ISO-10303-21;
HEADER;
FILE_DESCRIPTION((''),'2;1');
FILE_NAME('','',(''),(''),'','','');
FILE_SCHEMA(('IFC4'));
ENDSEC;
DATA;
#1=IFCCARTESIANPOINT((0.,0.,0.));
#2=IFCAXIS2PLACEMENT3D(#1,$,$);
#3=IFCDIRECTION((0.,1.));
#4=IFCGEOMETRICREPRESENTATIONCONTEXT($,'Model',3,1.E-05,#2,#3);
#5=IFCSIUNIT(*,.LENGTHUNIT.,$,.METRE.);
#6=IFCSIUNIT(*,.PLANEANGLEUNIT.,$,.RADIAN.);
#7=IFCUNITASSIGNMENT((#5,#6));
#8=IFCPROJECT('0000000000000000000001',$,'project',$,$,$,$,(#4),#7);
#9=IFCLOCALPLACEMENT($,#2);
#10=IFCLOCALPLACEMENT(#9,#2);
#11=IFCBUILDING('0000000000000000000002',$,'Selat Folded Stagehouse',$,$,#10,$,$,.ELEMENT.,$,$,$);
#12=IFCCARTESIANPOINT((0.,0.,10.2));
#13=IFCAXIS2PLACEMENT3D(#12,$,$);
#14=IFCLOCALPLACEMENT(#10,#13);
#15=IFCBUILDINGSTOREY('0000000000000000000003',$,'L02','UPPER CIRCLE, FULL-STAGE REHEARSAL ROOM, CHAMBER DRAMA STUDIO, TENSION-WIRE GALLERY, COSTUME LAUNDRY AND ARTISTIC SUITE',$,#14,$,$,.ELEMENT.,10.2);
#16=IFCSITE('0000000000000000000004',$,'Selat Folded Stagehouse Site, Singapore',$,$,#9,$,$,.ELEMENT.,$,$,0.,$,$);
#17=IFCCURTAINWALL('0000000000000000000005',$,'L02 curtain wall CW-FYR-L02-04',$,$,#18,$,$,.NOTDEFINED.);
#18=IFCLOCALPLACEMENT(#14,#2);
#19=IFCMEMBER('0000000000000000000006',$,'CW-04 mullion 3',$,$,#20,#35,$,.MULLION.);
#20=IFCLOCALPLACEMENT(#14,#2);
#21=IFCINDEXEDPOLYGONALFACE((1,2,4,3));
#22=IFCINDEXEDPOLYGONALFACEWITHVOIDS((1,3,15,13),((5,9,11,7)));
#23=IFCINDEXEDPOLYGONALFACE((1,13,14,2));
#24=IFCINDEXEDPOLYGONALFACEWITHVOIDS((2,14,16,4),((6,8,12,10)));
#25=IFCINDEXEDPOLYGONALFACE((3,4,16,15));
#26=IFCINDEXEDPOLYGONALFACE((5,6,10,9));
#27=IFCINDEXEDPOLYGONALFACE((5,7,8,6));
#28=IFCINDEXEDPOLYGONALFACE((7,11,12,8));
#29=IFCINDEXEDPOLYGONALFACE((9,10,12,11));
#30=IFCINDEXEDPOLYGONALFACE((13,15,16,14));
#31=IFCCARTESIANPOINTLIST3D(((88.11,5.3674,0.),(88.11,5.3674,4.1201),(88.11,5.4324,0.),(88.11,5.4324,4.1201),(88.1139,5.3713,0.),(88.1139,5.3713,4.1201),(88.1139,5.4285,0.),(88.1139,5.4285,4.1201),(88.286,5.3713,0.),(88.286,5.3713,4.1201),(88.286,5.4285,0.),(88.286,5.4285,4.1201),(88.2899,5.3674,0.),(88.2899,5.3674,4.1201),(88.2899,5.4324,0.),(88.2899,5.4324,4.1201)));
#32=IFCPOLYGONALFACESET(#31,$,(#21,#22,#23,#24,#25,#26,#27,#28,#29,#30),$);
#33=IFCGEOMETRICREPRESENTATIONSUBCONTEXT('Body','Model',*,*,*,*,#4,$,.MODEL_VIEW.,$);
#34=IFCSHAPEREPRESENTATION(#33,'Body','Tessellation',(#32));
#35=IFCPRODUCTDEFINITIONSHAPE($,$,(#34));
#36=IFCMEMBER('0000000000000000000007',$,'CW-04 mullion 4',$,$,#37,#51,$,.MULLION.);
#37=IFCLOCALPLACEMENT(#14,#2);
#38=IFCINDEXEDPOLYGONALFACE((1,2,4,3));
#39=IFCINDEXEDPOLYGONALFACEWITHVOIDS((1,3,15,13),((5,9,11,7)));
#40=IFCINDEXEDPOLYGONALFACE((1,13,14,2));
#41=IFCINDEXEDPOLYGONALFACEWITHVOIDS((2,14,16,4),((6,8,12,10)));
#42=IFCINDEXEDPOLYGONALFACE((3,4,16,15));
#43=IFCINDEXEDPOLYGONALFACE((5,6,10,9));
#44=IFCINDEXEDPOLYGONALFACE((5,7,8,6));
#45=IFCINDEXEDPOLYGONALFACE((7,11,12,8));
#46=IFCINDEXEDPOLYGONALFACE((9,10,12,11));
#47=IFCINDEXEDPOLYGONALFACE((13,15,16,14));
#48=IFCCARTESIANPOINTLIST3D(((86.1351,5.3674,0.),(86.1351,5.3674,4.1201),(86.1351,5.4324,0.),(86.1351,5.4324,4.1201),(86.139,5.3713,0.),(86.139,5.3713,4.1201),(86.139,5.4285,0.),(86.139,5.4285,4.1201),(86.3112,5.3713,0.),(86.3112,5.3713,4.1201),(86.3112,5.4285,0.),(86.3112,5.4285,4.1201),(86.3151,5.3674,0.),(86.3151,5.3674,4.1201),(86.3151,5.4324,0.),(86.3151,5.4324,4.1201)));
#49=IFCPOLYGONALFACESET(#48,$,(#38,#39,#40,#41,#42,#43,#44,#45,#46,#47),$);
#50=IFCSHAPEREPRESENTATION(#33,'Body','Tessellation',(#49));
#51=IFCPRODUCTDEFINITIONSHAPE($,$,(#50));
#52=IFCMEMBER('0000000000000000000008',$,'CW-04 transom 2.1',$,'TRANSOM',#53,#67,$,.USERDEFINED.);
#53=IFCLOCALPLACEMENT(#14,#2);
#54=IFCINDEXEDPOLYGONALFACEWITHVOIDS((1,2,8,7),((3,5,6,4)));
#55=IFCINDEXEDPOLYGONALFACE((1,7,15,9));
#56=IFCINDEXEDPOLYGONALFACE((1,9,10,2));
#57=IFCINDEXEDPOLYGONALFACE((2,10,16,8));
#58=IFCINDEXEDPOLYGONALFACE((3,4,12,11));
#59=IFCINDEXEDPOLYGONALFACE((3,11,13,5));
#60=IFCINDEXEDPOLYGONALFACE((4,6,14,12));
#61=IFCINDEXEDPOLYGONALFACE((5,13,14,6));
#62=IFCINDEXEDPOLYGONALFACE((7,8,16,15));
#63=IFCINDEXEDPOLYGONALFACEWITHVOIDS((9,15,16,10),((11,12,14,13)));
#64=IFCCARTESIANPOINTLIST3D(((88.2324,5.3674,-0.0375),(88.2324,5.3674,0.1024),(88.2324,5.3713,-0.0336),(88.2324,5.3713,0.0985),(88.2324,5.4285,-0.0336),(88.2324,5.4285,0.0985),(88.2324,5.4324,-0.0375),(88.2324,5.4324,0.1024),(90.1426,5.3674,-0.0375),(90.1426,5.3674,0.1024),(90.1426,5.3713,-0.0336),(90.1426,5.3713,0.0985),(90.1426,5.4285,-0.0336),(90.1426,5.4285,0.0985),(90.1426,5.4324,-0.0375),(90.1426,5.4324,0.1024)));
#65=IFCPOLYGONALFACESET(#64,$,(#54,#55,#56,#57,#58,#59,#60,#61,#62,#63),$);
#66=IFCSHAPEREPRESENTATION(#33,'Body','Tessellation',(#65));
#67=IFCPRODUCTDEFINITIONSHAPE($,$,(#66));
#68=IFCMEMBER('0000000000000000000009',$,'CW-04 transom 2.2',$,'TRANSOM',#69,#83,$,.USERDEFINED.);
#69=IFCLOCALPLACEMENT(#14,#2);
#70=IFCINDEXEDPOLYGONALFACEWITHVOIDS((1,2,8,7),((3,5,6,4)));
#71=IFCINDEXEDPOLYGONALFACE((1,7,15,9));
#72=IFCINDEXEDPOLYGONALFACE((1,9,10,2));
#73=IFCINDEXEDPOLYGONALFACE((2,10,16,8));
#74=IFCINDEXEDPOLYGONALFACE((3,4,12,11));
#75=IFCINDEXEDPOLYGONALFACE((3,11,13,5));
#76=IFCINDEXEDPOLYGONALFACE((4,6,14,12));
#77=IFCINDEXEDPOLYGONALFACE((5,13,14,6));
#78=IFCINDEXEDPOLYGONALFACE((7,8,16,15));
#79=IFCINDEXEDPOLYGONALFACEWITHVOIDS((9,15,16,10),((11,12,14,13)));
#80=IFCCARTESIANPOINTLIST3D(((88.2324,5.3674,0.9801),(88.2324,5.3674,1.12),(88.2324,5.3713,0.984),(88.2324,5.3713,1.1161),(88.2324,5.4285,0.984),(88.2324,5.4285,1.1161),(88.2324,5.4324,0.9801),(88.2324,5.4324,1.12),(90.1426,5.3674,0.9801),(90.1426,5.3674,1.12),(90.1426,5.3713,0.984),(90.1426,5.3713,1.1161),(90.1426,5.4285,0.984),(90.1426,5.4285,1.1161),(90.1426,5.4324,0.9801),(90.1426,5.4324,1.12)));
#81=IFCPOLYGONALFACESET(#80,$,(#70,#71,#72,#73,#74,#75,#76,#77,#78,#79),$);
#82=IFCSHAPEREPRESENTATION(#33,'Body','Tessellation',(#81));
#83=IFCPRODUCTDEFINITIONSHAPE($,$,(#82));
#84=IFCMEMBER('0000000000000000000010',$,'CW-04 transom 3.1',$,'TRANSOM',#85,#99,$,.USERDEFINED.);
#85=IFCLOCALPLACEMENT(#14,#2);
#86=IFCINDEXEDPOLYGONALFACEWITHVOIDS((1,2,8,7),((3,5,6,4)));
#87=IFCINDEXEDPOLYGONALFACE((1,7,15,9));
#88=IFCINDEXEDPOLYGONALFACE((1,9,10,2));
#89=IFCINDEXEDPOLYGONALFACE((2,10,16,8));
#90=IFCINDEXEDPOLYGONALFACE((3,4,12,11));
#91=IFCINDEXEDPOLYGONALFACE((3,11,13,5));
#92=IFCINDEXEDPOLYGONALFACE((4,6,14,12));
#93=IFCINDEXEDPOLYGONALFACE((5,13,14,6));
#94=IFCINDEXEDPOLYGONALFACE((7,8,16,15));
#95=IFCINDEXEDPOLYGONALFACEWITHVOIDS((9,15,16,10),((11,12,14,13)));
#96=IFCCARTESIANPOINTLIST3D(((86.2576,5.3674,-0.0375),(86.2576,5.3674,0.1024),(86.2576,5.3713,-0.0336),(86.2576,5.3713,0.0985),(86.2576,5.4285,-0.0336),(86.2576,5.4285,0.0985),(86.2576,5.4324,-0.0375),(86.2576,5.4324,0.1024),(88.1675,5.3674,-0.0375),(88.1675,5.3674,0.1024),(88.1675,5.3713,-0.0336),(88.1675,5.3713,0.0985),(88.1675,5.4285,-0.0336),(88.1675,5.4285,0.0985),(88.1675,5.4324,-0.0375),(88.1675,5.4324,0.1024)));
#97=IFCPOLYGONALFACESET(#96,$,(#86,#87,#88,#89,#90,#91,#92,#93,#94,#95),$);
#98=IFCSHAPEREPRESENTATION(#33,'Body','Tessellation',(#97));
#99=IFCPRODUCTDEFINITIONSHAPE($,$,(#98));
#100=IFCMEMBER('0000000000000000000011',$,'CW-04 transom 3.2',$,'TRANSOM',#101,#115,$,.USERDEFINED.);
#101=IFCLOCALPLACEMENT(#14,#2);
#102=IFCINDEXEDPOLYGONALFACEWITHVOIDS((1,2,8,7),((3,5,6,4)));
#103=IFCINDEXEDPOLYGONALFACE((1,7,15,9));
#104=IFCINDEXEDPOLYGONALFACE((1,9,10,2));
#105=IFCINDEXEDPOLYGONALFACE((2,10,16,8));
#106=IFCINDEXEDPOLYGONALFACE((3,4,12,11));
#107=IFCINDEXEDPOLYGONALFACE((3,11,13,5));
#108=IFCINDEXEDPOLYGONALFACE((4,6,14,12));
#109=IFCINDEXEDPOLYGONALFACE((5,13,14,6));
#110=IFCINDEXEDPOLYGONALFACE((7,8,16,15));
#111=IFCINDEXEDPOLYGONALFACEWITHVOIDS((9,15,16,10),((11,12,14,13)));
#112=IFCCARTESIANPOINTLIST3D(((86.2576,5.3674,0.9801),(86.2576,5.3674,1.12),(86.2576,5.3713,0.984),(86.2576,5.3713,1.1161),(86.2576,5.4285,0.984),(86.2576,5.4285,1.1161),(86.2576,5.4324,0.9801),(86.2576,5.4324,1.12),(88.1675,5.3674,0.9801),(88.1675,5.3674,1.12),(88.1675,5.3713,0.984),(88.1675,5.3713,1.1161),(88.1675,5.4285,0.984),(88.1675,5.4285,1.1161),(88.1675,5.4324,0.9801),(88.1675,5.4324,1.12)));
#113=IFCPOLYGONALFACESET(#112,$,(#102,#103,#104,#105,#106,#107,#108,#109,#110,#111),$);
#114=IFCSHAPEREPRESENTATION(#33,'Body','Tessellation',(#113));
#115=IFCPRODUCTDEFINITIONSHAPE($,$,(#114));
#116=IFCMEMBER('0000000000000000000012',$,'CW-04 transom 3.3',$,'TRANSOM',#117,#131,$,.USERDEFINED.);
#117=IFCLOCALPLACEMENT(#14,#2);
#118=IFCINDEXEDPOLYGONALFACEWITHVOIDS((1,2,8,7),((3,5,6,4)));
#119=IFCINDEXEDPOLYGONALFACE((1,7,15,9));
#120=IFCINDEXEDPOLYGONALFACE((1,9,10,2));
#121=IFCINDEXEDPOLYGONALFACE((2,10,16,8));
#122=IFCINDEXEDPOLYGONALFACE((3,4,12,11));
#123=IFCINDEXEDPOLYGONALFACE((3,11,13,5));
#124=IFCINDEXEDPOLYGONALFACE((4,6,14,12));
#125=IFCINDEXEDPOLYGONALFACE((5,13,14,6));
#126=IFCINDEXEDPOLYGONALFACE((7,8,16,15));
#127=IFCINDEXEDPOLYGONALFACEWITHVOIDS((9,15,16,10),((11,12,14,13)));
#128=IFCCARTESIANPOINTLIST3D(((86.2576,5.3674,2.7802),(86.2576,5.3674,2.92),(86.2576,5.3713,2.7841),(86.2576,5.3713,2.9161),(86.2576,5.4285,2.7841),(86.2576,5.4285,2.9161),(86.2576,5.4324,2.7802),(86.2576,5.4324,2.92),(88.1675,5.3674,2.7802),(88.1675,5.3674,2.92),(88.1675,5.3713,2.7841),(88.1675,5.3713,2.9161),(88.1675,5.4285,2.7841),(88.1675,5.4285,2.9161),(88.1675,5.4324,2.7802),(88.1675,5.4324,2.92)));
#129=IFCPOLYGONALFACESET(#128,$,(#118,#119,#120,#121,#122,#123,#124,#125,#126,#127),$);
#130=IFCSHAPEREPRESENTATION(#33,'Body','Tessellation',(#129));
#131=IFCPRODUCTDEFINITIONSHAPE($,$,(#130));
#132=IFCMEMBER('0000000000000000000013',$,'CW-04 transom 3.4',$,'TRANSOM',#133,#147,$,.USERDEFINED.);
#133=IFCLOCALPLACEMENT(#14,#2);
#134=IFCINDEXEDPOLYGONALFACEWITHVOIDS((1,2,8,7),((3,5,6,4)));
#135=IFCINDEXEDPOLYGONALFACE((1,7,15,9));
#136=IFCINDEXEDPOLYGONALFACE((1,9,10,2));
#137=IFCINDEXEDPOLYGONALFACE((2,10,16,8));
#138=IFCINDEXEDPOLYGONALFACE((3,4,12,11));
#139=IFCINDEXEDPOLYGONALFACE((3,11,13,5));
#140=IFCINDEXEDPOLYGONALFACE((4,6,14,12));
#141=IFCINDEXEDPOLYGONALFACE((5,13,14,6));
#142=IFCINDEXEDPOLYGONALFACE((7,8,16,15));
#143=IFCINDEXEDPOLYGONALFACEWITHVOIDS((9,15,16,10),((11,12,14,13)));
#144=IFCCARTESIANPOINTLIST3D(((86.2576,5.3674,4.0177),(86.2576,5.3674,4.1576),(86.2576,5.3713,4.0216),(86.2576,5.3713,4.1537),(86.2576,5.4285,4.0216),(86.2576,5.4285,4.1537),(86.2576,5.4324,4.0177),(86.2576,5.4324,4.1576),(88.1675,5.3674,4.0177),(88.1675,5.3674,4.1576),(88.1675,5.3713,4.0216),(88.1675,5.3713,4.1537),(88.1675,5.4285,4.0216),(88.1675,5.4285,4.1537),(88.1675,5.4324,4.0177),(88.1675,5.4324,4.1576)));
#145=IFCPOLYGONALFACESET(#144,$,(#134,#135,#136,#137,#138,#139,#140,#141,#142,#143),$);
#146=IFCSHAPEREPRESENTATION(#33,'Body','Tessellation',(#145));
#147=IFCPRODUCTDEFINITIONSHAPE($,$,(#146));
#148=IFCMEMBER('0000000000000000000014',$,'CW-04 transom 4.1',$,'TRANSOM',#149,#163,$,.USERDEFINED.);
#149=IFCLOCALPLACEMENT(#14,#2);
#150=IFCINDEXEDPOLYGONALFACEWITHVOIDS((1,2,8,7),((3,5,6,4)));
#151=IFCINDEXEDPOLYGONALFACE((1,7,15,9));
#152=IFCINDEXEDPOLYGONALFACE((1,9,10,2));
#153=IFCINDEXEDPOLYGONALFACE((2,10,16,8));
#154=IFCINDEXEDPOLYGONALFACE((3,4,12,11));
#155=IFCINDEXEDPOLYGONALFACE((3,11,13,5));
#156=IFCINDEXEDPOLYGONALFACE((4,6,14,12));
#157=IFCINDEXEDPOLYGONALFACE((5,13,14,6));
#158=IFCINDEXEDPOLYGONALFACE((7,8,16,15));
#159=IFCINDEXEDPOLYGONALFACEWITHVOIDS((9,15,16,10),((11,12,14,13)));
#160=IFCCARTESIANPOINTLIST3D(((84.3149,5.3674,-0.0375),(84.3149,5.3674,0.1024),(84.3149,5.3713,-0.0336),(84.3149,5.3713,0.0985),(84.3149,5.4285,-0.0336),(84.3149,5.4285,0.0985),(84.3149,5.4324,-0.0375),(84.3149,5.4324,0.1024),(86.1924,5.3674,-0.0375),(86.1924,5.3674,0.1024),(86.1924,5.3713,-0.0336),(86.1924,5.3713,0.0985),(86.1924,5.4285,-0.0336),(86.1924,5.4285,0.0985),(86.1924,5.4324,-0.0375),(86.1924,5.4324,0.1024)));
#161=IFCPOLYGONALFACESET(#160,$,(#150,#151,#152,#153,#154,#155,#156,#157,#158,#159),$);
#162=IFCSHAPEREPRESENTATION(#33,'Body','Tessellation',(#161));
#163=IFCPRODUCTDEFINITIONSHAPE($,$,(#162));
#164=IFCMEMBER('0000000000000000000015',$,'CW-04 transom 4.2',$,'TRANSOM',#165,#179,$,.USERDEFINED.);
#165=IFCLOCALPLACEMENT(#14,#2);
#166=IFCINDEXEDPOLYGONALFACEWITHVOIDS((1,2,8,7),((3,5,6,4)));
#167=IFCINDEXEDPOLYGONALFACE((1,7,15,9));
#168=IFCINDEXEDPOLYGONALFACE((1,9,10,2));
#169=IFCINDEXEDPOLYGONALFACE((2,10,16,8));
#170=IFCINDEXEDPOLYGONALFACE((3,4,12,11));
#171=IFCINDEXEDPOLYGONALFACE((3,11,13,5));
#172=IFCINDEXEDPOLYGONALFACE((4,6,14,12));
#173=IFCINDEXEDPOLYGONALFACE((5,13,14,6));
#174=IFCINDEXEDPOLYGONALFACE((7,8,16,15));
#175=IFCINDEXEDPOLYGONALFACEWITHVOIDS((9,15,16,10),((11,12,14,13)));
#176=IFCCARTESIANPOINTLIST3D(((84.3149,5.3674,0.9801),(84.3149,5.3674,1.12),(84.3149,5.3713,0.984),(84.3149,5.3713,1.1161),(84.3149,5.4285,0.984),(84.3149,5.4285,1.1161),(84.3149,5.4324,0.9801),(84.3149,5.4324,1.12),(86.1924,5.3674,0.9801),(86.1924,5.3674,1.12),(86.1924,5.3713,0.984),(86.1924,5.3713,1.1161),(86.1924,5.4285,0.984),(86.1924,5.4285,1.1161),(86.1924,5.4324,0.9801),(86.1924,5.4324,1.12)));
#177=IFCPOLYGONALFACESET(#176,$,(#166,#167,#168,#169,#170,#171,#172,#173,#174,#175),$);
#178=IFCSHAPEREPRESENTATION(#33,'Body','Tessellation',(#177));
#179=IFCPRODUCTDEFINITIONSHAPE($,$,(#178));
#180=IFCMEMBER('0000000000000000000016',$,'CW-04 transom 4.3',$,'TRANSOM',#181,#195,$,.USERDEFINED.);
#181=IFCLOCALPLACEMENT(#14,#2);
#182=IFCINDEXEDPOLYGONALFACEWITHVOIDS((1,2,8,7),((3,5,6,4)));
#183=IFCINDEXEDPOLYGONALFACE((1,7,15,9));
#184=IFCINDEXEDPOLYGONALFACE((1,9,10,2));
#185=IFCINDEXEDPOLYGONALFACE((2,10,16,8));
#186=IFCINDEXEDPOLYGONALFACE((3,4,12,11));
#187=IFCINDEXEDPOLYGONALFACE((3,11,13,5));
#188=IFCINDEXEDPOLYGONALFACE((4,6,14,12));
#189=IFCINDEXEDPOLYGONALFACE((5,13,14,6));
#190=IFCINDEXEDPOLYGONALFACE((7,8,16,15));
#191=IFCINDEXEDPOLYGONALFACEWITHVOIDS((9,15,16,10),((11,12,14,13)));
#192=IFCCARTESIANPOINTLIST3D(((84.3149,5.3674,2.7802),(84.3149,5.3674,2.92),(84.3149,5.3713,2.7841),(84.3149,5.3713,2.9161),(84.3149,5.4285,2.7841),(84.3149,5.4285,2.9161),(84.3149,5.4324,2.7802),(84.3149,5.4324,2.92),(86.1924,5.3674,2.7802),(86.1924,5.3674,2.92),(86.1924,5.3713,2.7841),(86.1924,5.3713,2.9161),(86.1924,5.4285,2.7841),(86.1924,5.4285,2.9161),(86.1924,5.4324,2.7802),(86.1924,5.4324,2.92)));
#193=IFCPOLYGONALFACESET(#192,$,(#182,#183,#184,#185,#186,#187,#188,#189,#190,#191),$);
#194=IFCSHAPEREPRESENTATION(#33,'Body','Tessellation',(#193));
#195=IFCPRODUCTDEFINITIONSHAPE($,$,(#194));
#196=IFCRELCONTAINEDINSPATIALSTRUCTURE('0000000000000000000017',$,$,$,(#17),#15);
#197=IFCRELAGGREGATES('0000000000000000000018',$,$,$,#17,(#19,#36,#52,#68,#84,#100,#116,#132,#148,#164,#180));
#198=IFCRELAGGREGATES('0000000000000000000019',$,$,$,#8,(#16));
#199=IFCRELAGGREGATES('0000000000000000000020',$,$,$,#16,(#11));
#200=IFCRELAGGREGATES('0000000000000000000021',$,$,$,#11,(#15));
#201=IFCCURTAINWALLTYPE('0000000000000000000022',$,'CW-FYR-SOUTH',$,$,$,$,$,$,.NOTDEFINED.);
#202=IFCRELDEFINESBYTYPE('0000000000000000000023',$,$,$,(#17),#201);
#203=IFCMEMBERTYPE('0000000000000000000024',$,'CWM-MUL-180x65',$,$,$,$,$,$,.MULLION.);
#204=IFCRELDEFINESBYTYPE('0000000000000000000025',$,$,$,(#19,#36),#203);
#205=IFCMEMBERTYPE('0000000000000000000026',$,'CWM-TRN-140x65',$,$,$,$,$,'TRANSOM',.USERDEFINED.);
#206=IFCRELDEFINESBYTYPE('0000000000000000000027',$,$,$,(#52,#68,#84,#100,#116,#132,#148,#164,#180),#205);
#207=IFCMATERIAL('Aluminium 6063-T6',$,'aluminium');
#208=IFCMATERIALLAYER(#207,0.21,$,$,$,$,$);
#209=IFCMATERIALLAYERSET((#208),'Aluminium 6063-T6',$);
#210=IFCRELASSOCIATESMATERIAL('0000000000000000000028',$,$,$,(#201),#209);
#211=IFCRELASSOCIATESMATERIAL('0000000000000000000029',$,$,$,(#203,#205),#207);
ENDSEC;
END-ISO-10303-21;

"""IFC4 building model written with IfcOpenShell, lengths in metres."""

from ifc_helpers import new_model, si_unit, direction, frame, origin, origin_2d, place, context, subcontext, project, spatial, hollow_rectangle, extrude, material, layer, layer_set, material_profile, profile_set, type_object, element, aggregate, save


model = new_model("IFC4")

# Units and contexts
model_context = context("Model", 3, precision=1e-05, world=origin(), true_north=direction((0.0, 1.0)))
body_context = subcontext(model_context, "Body", "Model", "MODEL_VIEW")
ifc_project = project(units=[si_unit("LENGTHUNIT", "METRE"), si_unit("PLANEANGLEUNIT", "RADIAN")], contexts=[model_context])

# Site, building, storey
site_placement = place(None, origin())
site = spatial("IfcSite", under=ifc_project, at=site_placement, Name="Selat Folded Stagehouse Site, Singapore", CompositionType="ELEMENT", RefElevation=0.0)
building_placement = place(site_placement, origin())
building = spatial("IfcBuilding", under=site, at=building_placement, Name="Selat Folded Stagehouse", CompositionType="ELEMENT")
storey_placement = place(building_placement, frame((0.0, 0.0, 10.2)))
storey = spatial("IfcBuildingStorey", under=building, at=storey_placement, Name="L02", Description="UPPER CIRCLE, FULL-STAGE REHEARSAL ROOM, CHAMBER DRAMA STUDIO, TENSION-WIRE GALLERY, COSTUME LAUNDRY AND ARTISTIC SUITE", CompositionType="ELEMENT", Elevation=10.2)

# Curtain wall, members
ifc_material_1 = material(Name="Aluminium 6063-T6", Category="aluminium")
ifc_layer_1 = layer(ifc_material_1, 0.21)
ifc_layer_set_1 = layer_set([ifc_layer_1], Name="Aluminium 6063-T6")
curtain_wall_type = type_object("IfcCurtainWallType", Name="CW-FYR-SOUTH", PredefinedType="NOTDEFINED", material=ifc_layer_set_1)
curtain_wall_placement = place(storey_placement, origin())
curtain_wall = element("IfcCurtainWall", 1, at=curtain_wall_placement, inside=storey, type_object=curtain_wall_type, Name="L02 curtain wall CW-FYR-L02-04", PredefinedType="NOTDEFINED")
ifc_material_profile_1 = material_profile(ifc_material_1, hollow_rectangle(XDim=0.0649, YDim=0.1799, WallThickness=0.0039, at=origin_2d()), Name="ALU 180x65x4.0")
ifc_profile_set_1 = profile_set([ifc_material_profile_1], Name="Aluminium 6063-T6")
member_type_1 = type_object("IfcMemberType", Name="CWM-MUL-180x65", PredefinedType="MULLION", material=ifc_profile_set_1)
member_1_placement = place(storey_placement, frame((88.2, 5.3999, 0.0), z_axis=(0.0, 0.0, 1.0), x_axis=(0.0, -1.0, 0.0)))
member_1 = element("IfcMember", 2, at=member_1_placement, type_object=member_type_1, Name="CW-04 mullion 3", PredefinedType="MULLION", context=body_context, shape_type="SweptSolid", body=[
    extrude(hollow_rectangle(XDim=0.0649, YDim=0.1799, WallThickness=0.0039, at=origin_2d()), origin(), (0.0, 0.0, 1.0), 4.1201),
])
member_2_placement = place(storey_placement, frame((86.2251, 5.3999, 0.0), z_axis=(0.0, 0.0, 1.0), x_axis=(0.0, -1.0, 0.0)))
member_2 = element("IfcMember", 3, at=member_2_placement, type_object=member_type_1, Name="CW-04 mullion 4", PredefinedType="MULLION", context=body_context, shape_type="SweptSolid", body=[
    extrude(hollow_rectangle(XDim=0.0649, YDim=0.1799, WallThickness=0.0039, at=origin_2d()), origin(), (0.0, 0.0, 1.0), 4.1201),
])
ifc_material_profile_2 = material_profile(ifc_material_1, hollow_rectangle(XDim=0.0649, YDim=0.1399, WallThickness=0.0039, at=origin_2d()), Name="ALU 140x65x4.0")
ifc_profile_set_2 = profile_set([ifc_material_profile_2], Name="Aluminium 6063-T6")
member_type_2 = type_object("IfcMemberType", Name="CWM-TRN-140x65", ElementType="TRANSOM", PredefinedType="USERDEFINED", material=ifc_profile_set_2)
member_3_placement = place(storey_placement, frame((90.1426, 5.3999, 0.0325), z_axis=(-1.0, 0.0, 0.0), x_axis=(0.0, -1.0, 0.0)))
member_3 = element("IfcMember", 4, at=member_3_placement, type_object=member_type_2, Name="CW-04 transom 2.1", ObjectType="TRANSOM", PredefinedType="USERDEFINED", context=body_context, shape_type="SweptSolid", body=[
    extrude(hollow_rectangle(XDim=0.0649, YDim=0.1399, WallThickness=0.0039, at=origin_2d()), origin(), (0.0, 0.0, 1.0), 1.9102),
])
member_4_placement = place(storey_placement, frame((90.1426, 5.3999, 1.05), z_axis=(-1.0, 0.0, 0.0), x_axis=(0.0, -1.0, 0.0)))
member_4 = element("IfcMember", 5, at=member_4_placement, type_object=member_type_2, Name="CW-04 transom 2.2", ObjectType="TRANSOM", PredefinedType="USERDEFINED", context=body_context, shape_type="SweptSolid", body=[
    extrude(hollow_rectangle(XDim=0.0649, YDim=0.1399, WallThickness=0.0039, at=origin_2d()), origin(), (0.0, 0.0, 1.0), 1.9102),
])
member_5_placement = place(storey_placement, frame((88.1675, 5.3999, 0.0325), z_axis=(-1.0, 0.0, 0.0), x_axis=(0.0, -1.0, 0.0)))
member_5 = element("IfcMember", 6, at=member_5_placement, type_object=member_type_2, Name="CW-04 transom 3.1", ObjectType="TRANSOM", PredefinedType="USERDEFINED", context=body_context, shape_type="SweptSolid", body=[
    extrude(hollow_rectangle(XDim=0.0649, YDim=0.1399, WallThickness=0.0039, at=origin_2d()), origin(), (0.0, 0.0, 1.0), 1.9099),
])
member_6_placement = place(storey_placement, frame((88.1675, 5.3999, 1.05), z_axis=(-1.0, 0.0, 0.0), x_axis=(0.0, -1.0, 0.0)))
member_6 = element("IfcMember", 7, at=member_6_placement, type_object=member_type_2, Name="CW-04 transom 3.2", ObjectType="TRANSOM", PredefinedType="USERDEFINED", context=body_context, shape_type="SweptSolid", body=[
    extrude(hollow_rectangle(XDim=0.0649, YDim=0.1399, WallThickness=0.0039, at=origin_2d()), origin(), (0.0, 0.0, 1.0), 1.9099),
])
member_7_placement = place(storey_placement, frame((88.1675, 5.3999, 2.8501), z_axis=(-1.0, 0.0, 0.0), x_axis=(0.0, -1.0, 0.0)))
member_7 = element("IfcMember", 8, at=member_7_placement, type_object=member_type_2, Name="CW-04 transom 3.3", ObjectType="TRANSOM", PredefinedType="USERDEFINED", context=body_context, shape_type="SweptSolid", body=[
    extrude(hollow_rectangle(XDim=0.0649, YDim=0.1399, WallThickness=0.0039, at=origin_2d()), origin(), (0.0, 0.0, 1.0), 1.9099),
])
member_8_placement = place(storey_placement, frame((88.1675, 5.3999, 4.0876), z_axis=(-1.0, 0.0, 0.0), x_axis=(0.0, -1.0, 0.0)))
member_8 = element("IfcMember", 9, at=member_8_placement, type_object=member_type_2, Name="CW-04 transom 3.4", ObjectType="TRANSOM", PredefinedType="USERDEFINED", context=body_context, shape_type="SweptSolid", body=[
    extrude(hollow_rectangle(XDim=0.0649, YDim=0.1399, WallThickness=0.0039, at=origin_2d()), origin(), (0.0, 0.0, 1.0), 1.9099),
])
member_9_placement = place(storey_placement, frame((86.1924, 5.3999, 0.0325), z_axis=(-1.0, 0.0, 0.0), x_axis=(0.0, -1.0, 0.0)))
member_9 = element("IfcMember", 10, at=member_9_placement, type_object=member_type_2, Name="CW-04 transom 4.1", ObjectType="TRANSOM", PredefinedType="USERDEFINED", context=body_context, shape_type="SweptSolid", body=[
    extrude(hollow_rectangle(XDim=0.0649, YDim=0.1399, WallThickness=0.0039, at=origin_2d()), origin(), (0.0, 0.0, 1.0), 1.8774),
])
member_10_placement = place(storey_placement, frame((86.1924, 5.3999, 1.05), z_axis=(-1.0, 0.0, 0.0), x_axis=(0.0, -1.0, 0.0)))
member_10 = element("IfcMember", 11, at=member_10_placement, type_object=member_type_2, Name="CW-04 transom 4.2", ObjectType="TRANSOM", PredefinedType="USERDEFINED", context=body_context, shape_type="SweptSolid", body=[
    extrude(hollow_rectangle(XDim=0.0649, YDim=0.1399, WallThickness=0.0039, at=origin_2d()), origin(), (0.0, 0.0, 1.0), 1.8774),
])
member_11_placement = place(storey_placement, frame((86.1924, 5.3999, 2.8501), z_axis=(-1.0, 0.0, 0.0), x_axis=(0.0, -1.0, 0.0)))
member_11 = element("IfcMember", 12, at=member_11_placement, type_object=member_type_2, Name="CW-04 transom 4.3", ObjectType="TRANSOM", PredefinedType="USERDEFINED", context=body_context, shape_type="SweptSolid", body=[
    extrude(hollow_rectangle(XDim=0.0649, YDim=0.1399, WallThickness=0.0039, at=origin_2d()), origin(), (0.0, 0.0, 1.0), 1.8774),
])

aggregate(curtain_wall, [member_1, member_2, member_3, member_4, member_5, member_6, member_7, member_8, member_9, member_10, member_11])

save(model, "model.ifc")
